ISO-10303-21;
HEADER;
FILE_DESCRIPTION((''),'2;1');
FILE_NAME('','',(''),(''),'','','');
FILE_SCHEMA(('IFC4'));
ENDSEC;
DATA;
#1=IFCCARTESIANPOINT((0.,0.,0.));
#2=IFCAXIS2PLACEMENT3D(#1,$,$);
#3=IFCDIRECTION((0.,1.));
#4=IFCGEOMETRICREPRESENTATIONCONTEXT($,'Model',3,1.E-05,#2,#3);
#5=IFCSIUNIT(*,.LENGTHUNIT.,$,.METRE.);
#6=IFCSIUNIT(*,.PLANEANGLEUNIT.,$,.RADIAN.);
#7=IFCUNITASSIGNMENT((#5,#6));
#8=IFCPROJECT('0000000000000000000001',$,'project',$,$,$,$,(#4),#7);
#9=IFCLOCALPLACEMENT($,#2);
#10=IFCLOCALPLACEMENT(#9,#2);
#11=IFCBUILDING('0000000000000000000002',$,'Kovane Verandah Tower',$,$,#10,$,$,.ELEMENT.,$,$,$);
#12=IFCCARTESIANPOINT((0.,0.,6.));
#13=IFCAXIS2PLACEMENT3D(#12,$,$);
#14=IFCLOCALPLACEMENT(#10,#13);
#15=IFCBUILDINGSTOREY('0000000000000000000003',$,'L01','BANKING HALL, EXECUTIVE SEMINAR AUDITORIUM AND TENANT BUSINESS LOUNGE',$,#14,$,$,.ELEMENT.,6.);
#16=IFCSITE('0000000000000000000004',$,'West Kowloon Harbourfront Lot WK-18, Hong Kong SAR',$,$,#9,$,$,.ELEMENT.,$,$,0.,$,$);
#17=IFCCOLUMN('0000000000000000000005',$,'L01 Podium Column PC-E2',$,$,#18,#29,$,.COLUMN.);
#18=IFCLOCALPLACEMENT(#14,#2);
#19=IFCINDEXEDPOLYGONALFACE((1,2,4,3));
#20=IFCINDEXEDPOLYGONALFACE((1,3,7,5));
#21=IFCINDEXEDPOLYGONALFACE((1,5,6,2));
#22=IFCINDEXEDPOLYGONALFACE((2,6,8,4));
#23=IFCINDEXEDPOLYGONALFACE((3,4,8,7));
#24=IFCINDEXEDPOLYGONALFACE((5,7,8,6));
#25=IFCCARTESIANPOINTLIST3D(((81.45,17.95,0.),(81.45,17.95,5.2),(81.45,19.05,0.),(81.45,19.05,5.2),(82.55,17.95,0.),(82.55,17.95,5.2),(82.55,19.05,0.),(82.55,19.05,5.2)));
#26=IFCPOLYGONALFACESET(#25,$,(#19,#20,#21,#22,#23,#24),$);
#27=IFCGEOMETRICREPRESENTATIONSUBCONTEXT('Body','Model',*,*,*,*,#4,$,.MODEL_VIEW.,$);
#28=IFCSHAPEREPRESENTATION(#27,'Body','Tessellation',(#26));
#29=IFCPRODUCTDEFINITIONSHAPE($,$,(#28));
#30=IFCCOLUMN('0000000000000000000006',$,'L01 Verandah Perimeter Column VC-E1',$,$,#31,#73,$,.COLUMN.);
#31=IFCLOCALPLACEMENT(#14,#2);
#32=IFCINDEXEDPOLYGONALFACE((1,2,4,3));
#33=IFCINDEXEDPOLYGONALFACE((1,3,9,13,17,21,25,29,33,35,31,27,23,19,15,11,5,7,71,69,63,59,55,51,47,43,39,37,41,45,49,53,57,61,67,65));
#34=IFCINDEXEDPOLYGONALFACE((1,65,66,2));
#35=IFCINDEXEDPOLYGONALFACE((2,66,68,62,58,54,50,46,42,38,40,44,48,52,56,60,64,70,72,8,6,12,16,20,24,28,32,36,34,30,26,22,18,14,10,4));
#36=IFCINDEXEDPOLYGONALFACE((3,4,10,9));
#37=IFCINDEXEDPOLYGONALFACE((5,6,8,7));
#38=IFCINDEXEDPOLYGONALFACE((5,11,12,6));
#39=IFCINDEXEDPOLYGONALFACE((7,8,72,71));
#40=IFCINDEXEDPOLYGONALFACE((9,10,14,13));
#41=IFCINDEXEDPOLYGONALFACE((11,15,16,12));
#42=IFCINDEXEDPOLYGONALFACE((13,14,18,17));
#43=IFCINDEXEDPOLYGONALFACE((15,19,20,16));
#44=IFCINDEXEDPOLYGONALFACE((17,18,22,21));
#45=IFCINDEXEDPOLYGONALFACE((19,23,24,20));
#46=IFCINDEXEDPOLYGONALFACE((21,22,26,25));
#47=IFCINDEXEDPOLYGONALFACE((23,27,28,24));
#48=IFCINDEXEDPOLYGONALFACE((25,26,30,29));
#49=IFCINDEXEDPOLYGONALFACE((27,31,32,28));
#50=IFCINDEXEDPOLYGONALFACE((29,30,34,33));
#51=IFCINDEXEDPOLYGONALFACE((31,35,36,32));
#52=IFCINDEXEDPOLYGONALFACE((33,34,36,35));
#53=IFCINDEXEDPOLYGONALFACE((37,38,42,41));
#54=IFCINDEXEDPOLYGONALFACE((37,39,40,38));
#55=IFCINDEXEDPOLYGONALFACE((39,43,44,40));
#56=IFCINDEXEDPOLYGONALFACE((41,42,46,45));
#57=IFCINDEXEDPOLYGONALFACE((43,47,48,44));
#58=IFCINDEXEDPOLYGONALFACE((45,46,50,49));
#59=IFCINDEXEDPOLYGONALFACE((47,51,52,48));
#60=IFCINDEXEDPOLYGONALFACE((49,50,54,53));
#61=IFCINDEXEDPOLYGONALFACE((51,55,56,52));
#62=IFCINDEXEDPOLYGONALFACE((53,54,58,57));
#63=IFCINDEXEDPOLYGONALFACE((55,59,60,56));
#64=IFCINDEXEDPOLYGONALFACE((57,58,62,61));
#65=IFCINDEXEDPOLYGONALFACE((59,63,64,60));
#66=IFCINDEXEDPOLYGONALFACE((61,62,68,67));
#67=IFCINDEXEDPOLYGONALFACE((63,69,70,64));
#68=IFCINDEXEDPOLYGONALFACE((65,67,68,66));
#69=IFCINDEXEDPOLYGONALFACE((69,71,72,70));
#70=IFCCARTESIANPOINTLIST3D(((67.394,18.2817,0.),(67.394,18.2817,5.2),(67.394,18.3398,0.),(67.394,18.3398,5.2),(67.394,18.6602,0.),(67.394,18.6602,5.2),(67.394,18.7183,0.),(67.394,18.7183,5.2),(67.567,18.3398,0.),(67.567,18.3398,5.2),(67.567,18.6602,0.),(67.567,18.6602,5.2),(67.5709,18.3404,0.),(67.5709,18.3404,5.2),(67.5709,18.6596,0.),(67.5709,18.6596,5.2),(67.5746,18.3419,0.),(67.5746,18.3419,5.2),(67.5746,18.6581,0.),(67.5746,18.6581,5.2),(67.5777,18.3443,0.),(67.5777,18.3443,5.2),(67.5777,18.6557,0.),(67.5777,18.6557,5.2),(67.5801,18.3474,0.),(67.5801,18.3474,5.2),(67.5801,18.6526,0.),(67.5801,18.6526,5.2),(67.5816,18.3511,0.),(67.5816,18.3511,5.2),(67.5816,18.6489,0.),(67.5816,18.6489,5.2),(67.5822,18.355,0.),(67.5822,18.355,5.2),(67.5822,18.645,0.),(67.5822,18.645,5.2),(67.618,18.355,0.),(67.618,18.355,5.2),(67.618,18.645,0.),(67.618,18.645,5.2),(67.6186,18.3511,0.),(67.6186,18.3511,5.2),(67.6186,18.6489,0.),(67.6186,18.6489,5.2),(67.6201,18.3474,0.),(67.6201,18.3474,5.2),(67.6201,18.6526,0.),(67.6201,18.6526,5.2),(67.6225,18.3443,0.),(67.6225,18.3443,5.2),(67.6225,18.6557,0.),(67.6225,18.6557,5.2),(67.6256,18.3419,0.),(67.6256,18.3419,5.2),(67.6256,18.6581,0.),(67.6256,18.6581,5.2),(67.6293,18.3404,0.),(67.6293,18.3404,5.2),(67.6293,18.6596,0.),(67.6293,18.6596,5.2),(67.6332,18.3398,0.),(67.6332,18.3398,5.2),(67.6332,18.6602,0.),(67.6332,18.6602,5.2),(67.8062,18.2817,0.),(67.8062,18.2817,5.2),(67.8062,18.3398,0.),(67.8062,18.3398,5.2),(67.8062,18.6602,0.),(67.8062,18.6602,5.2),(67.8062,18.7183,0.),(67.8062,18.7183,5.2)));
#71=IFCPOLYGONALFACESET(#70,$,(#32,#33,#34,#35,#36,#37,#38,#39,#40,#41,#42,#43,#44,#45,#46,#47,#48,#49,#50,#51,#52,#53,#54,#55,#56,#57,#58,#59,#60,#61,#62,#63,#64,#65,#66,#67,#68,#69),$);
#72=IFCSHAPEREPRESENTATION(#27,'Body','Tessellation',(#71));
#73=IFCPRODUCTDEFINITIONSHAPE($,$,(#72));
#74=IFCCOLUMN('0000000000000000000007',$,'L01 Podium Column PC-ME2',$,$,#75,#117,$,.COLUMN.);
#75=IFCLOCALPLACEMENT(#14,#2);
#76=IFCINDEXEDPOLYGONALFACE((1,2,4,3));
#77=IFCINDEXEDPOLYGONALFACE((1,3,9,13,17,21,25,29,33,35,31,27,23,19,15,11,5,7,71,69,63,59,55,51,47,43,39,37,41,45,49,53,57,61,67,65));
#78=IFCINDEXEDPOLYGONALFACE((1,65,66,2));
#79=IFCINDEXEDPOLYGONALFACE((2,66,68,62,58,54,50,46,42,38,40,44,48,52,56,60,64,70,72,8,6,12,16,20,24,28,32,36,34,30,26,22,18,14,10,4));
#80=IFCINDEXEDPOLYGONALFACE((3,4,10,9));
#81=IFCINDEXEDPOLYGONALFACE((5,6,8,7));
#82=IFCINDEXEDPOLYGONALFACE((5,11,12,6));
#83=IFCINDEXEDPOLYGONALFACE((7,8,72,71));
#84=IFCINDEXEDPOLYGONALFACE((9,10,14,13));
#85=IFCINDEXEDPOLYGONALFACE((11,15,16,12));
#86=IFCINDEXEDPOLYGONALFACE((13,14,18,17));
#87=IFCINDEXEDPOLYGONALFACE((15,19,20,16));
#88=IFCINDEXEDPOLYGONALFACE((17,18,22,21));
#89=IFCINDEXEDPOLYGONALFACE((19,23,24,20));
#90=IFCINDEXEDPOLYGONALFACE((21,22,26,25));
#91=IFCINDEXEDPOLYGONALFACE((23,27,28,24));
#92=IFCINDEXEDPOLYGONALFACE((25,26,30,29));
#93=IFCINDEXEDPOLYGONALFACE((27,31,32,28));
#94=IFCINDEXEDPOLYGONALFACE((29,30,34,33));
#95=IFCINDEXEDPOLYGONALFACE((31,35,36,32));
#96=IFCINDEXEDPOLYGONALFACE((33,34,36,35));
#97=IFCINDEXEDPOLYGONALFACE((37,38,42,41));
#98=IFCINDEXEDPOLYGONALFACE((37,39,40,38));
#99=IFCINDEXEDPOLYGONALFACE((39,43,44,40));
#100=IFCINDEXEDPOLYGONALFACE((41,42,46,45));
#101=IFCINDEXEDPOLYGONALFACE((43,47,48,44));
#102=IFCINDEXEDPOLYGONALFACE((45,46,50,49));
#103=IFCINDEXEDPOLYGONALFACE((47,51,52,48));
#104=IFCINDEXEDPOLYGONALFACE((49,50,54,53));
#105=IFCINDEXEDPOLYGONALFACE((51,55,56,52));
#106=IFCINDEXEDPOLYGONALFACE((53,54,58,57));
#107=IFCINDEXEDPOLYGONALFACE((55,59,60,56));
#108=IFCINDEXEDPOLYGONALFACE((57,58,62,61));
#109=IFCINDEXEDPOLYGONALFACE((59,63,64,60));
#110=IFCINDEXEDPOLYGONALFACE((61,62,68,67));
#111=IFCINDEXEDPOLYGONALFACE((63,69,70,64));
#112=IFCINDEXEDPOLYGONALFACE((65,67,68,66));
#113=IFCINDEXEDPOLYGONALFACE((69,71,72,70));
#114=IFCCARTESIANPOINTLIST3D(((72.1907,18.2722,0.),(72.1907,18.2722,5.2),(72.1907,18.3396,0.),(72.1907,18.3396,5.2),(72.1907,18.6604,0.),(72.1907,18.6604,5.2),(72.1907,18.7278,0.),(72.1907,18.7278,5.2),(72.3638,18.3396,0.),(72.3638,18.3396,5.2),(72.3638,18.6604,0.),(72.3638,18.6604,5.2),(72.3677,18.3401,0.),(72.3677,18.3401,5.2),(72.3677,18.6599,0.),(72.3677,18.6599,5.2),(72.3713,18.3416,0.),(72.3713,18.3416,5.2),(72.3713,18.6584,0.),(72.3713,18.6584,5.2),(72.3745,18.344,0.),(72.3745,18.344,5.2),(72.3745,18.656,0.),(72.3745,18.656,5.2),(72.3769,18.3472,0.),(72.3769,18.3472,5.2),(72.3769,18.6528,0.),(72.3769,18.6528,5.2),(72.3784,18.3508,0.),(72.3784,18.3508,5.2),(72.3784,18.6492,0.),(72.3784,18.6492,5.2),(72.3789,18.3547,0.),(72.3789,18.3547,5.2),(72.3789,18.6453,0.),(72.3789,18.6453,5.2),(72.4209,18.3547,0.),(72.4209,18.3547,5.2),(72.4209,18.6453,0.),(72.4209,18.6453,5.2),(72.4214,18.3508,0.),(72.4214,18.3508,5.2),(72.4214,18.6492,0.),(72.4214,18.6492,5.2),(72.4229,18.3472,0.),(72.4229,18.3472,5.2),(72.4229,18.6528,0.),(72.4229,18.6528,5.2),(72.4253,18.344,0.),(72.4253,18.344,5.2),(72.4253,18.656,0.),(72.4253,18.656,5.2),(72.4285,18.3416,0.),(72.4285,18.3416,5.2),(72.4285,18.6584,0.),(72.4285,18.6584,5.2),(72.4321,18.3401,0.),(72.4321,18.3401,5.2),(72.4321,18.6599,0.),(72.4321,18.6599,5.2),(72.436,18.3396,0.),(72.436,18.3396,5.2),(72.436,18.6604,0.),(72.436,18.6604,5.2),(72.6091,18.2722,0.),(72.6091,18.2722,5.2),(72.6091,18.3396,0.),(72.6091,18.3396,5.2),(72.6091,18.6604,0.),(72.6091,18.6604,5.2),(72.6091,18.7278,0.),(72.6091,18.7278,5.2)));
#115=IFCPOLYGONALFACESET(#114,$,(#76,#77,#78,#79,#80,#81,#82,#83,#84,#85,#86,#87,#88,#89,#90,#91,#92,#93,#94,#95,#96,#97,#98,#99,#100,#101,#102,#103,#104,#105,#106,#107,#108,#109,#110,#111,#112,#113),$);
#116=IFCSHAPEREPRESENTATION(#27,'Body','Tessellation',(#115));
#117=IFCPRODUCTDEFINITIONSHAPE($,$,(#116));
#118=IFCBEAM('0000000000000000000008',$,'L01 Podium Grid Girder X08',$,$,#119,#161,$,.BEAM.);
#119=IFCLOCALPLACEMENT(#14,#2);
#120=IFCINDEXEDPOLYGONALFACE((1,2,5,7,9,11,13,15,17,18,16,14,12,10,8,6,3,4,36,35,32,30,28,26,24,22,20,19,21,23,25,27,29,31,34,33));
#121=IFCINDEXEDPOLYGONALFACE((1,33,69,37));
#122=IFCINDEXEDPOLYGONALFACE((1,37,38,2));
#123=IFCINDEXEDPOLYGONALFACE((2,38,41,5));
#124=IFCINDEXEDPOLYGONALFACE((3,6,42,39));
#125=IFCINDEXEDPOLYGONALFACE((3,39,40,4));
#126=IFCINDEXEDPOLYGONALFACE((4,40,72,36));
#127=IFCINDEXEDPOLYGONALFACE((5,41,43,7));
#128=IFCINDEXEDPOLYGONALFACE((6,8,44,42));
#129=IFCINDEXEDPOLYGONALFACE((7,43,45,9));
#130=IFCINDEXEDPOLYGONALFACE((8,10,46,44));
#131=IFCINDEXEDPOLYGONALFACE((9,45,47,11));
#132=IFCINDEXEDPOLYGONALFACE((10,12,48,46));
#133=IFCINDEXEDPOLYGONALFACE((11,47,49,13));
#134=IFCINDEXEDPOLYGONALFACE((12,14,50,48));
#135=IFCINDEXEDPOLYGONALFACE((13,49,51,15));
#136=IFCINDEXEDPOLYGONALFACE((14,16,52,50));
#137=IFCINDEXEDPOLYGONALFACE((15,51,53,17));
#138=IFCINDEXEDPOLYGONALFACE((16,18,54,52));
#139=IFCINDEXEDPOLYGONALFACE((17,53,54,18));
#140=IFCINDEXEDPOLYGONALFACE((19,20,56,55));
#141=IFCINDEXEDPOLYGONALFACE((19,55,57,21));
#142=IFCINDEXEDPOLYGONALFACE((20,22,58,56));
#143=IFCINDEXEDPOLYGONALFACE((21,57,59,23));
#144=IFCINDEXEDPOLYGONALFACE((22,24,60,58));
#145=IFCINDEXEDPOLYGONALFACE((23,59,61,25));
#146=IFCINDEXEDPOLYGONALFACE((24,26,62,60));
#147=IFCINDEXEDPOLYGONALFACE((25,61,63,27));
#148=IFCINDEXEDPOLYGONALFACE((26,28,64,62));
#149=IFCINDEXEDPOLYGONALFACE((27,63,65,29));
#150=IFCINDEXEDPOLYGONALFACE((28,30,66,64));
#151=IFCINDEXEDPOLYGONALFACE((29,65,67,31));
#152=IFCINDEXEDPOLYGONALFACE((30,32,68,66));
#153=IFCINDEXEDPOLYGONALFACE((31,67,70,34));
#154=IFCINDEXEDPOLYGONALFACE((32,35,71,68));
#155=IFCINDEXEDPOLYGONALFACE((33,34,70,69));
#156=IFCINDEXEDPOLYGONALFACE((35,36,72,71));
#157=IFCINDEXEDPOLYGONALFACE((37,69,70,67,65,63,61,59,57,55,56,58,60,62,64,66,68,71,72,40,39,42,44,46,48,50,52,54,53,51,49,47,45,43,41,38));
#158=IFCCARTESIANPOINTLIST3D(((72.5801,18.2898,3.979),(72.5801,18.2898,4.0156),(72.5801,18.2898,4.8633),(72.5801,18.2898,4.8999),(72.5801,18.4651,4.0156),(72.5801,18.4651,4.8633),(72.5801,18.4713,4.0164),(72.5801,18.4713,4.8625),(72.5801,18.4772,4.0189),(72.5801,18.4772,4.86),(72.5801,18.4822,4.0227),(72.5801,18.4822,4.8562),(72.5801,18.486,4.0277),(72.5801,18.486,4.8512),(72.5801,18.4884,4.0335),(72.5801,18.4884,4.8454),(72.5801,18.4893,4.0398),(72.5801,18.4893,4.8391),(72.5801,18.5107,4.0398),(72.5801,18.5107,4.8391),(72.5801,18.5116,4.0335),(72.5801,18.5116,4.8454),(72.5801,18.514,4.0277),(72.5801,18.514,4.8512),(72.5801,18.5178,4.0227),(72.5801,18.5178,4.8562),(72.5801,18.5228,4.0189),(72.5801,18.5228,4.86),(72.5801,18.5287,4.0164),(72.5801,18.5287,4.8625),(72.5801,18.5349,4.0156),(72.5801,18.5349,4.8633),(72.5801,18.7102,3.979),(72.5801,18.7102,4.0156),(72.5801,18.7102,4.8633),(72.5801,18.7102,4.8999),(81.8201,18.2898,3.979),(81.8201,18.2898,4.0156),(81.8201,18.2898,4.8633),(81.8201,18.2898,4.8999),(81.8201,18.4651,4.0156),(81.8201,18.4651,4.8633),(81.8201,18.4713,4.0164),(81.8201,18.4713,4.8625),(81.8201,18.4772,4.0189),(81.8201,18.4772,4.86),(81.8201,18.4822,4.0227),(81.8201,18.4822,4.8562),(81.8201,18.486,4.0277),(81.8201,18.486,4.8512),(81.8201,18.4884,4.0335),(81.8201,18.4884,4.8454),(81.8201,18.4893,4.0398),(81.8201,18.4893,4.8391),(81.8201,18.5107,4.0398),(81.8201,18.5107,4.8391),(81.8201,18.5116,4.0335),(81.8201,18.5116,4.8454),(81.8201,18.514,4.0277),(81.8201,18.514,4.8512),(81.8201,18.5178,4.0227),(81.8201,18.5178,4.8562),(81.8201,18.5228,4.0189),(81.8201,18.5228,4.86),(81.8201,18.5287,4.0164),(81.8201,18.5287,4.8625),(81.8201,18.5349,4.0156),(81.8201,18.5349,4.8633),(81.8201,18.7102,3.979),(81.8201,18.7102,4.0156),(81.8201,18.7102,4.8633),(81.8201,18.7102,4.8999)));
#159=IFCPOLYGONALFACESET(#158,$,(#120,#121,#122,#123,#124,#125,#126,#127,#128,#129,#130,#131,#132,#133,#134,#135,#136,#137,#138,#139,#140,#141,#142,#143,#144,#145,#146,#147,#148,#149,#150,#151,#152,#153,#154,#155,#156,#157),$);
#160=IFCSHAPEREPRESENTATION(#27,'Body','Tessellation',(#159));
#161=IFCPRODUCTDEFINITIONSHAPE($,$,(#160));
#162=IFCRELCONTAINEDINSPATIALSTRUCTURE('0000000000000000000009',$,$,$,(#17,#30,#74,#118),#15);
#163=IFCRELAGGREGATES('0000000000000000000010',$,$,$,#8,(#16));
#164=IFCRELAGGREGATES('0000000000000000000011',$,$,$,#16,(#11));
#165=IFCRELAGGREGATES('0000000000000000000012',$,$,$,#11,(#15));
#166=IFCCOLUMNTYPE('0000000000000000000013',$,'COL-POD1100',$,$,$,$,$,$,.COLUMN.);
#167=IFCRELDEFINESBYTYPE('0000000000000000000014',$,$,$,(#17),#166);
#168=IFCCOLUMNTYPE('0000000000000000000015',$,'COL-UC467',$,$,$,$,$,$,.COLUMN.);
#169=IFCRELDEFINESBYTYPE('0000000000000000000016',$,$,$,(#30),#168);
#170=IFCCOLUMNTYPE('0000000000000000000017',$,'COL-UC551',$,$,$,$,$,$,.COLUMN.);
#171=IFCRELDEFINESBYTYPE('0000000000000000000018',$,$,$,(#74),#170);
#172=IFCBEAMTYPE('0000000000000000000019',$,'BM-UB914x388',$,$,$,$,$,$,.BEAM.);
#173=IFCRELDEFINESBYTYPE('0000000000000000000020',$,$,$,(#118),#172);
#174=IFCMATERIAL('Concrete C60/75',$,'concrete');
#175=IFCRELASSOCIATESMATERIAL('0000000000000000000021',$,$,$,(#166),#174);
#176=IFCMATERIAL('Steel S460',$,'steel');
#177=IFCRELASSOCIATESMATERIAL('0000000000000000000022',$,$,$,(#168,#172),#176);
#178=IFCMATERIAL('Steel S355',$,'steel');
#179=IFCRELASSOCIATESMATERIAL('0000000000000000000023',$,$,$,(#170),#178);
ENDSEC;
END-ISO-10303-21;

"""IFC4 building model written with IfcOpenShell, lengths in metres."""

from ifc_helpers import new_model, si_unit, direction, frame, origin, origin_2d, place, context, subcontext, project, spatial, rectangle, i_section, extrude, material, material_profile, profile_set, type_object, element, save


model = new_model("IFC4")

# Units and contexts
model_context = context("Model", 3, precision=1e-05, world=origin(), true_north=direction((0.0, 1.0)))
body_context = subcontext(model_context, "Body", "Model", "MODEL_VIEW")
ifc_project = project(units=[si_unit("LENGTHUNIT", "METRE"), si_unit("PLANEANGLEUNIT", "RADIAN")], contexts=[model_context])

# Site, building, storey
site_placement = place(None, origin())
site = spatial("IfcSite", under=ifc_project, at=site_placement, Name="West Kowloon Harbourfront Lot WK-18, Hong Kong SAR", CompositionType="ELEMENT", RefElevation=0.0)
building_placement = place(site_placement, origin())
building = spatial("IfcBuilding", under=site, at=building_placement, Name="Kovane Verandah Tower", CompositionType="ELEMENT")
storey_placement = place(building_placement, frame((0.0, 0.0, 6.0)))
storey = spatial("IfcBuildingStorey", under=building, at=storey_placement, Name="L01", Description="BANKING HALL, EXECUTIVE SEMINAR AUDITORIUM AND TENANT BUSINESS LOUNGE", CompositionType="ELEMENT", Elevation=6.0)

# Columns
ifc_material_1 = material(Name="Concrete C60/75", Category="concrete")
ifc_material_profile_1 = material_profile(ifc_material_1, rectangle(XDim=1.1001, YDim=1.1001, at=origin_2d()), Name="RC1100x1100")
ifc_profile_set_1 = profile_set([ifc_material_profile_1], Name="Concrete C60/75")
column_type_1 = type_object("IfcColumnType", Name="COL-POD1100", PredefinedType="COLUMN", material=ifc_profile_set_1)
column_1_placement = place(storey_placement, frame((82.0, 18.5, 0.0), z_axis=(0.0, 0.0, 1.0), x_axis=(1.0, 0.0, 0.0)))
element("IfcColumn", 1, at=column_1_placement, inside=storey, type_object=column_type_1, Name="L01 Podium Column PC-E2", PredefinedType="COLUMN", context=body_context, shape_type="SweptSolid", body=[
    extrude(rectangle(XDim=1.1001, YDim=1.1001, at=origin_2d()), origin(), (0.0, 0.0, 1.0), 5.2),
])
ifc_material_2 = material(Name="Steel S460", Category="steel")
ifc_material_profile_2 = material_profile(ifc_material_2, i_section(OverallWidth=0.4121, OverallDepth=0.4365, WebThickness=0.0359, FlangeThickness=0.0581, FilletRadius=0.0151, at=origin_2d()), Name="UC356x406x467")
ifc_profile_set_2 = profile_set([ifc_material_profile_2], Name="Steel S460")
column_type_2 = type_object("IfcColumnType", Name="COL-UC467", PredefinedType="COLUMN", material=ifc_profile_set_2)
column_2_placement = place(storey_placement, frame((67.6001, 18.5, 0.0), z_axis=(0.0, 0.0, 1.0), x_axis=(1.0, 0.0, 0.0)))
element("IfcColumn", 2, at=column_2_placement, inside=storey, type_object=column_type_2, Name="L01 Verandah Perimeter Column VC-E1", PredefinedType="COLUMN", context=body_context, shape_type="SweptSolid", body=[
    extrude(i_section(OverallWidth=0.4121, OverallDepth=0.4365, WebThickness=0.0359, FlangeThickness=0.0581, FilletRadius=0.0151, at=origin_2d()), origin(), (0.0, 0.0, 1.0), 5.2),
])
ifc_material_3 = material(Name="Steel S355", Category="steel")
ifc_material_profile_3 = material_profile(ifc_material_3, i_section(OverallWidth=0.4185, OverallDepth=0.4556, WebThickness=0.042, FlangeThickness=0.0674, FilletRadius=0.0151, at=origin_2d()), Name="UC356x406x551")
ifc_profile_set_3 = profile_set([ifc_material_profile_3], Name="Steel S355")
column_type_3 = type_object("IfcColumnType", Name="COL-UC551", PredefinedType="COLUMN", material=ifc_profile_set_3)
column_3_placement = place(storey_placement, frame((72.3999, 18.5, 0.0), z_axis=(0.0, 0.0, 1.0), x_axis=(1.0, 0.0, 0.0)))
element("IfcColumn", 3, at=column_3_placement, inside=storey, type_object=column_type_3, Name="L01 Podium Column PC-ME2", PredefinedType="COLUMN", context=body_context, shape_type="SweptSolid", body=[
    extrude(i_section(OverallWidth=0.4185, OverallDepth=0.4556, WebThickness=0.042, FlangeThickness=0.0674, FilletRadius=0.0151, at=origin_2d()), origin(), (0.0, 0.0, 1.0), 5.2),
])

# Beam
ifc_material_profile_4 = material_profile(ifc_material_2, i_section(OverallWidth=0.4204, OverallDepth=0.9209, WebThickness=0.0215, FlangeThickness=0.0366, FilletRadius=0.0242, at=origin_2d()), Name="UB914x419x388")
ifc_profile_set_4 = profile_set([ifc_material_profile_4], Name="Steel S460")
beam_type = type_object("IfcBeamType", Name="BM-UB914x388", PredefinedType="BEAM", material=ifc_profile_set_4)
beam_placement = place(storey_placement, frame((72.5801, 18.5, 4.4395), z_axis=(1.0, 0.0, 0.0), x_axis=(0.0, 1.0, 0.0)))
element("IfcBeam", 4, at=beam_placement, inside=storey, type_object=beam_type, Name="L01 Podium Grid Girder X08", PredefinedType="BEAM", context=body_context, shape_type="SweptSolid", body=[
    extrude(i_section(OverallWidth=0.4204, OverallDepth=0.9209, WebThickness=0.0215, FlangeThickness=0.0366, FilletRadius=0.0242, at=origin_2d()), origin(), (0.0, 0.0, 1.0), 9.24),
])

save(model, "model.ifc")
